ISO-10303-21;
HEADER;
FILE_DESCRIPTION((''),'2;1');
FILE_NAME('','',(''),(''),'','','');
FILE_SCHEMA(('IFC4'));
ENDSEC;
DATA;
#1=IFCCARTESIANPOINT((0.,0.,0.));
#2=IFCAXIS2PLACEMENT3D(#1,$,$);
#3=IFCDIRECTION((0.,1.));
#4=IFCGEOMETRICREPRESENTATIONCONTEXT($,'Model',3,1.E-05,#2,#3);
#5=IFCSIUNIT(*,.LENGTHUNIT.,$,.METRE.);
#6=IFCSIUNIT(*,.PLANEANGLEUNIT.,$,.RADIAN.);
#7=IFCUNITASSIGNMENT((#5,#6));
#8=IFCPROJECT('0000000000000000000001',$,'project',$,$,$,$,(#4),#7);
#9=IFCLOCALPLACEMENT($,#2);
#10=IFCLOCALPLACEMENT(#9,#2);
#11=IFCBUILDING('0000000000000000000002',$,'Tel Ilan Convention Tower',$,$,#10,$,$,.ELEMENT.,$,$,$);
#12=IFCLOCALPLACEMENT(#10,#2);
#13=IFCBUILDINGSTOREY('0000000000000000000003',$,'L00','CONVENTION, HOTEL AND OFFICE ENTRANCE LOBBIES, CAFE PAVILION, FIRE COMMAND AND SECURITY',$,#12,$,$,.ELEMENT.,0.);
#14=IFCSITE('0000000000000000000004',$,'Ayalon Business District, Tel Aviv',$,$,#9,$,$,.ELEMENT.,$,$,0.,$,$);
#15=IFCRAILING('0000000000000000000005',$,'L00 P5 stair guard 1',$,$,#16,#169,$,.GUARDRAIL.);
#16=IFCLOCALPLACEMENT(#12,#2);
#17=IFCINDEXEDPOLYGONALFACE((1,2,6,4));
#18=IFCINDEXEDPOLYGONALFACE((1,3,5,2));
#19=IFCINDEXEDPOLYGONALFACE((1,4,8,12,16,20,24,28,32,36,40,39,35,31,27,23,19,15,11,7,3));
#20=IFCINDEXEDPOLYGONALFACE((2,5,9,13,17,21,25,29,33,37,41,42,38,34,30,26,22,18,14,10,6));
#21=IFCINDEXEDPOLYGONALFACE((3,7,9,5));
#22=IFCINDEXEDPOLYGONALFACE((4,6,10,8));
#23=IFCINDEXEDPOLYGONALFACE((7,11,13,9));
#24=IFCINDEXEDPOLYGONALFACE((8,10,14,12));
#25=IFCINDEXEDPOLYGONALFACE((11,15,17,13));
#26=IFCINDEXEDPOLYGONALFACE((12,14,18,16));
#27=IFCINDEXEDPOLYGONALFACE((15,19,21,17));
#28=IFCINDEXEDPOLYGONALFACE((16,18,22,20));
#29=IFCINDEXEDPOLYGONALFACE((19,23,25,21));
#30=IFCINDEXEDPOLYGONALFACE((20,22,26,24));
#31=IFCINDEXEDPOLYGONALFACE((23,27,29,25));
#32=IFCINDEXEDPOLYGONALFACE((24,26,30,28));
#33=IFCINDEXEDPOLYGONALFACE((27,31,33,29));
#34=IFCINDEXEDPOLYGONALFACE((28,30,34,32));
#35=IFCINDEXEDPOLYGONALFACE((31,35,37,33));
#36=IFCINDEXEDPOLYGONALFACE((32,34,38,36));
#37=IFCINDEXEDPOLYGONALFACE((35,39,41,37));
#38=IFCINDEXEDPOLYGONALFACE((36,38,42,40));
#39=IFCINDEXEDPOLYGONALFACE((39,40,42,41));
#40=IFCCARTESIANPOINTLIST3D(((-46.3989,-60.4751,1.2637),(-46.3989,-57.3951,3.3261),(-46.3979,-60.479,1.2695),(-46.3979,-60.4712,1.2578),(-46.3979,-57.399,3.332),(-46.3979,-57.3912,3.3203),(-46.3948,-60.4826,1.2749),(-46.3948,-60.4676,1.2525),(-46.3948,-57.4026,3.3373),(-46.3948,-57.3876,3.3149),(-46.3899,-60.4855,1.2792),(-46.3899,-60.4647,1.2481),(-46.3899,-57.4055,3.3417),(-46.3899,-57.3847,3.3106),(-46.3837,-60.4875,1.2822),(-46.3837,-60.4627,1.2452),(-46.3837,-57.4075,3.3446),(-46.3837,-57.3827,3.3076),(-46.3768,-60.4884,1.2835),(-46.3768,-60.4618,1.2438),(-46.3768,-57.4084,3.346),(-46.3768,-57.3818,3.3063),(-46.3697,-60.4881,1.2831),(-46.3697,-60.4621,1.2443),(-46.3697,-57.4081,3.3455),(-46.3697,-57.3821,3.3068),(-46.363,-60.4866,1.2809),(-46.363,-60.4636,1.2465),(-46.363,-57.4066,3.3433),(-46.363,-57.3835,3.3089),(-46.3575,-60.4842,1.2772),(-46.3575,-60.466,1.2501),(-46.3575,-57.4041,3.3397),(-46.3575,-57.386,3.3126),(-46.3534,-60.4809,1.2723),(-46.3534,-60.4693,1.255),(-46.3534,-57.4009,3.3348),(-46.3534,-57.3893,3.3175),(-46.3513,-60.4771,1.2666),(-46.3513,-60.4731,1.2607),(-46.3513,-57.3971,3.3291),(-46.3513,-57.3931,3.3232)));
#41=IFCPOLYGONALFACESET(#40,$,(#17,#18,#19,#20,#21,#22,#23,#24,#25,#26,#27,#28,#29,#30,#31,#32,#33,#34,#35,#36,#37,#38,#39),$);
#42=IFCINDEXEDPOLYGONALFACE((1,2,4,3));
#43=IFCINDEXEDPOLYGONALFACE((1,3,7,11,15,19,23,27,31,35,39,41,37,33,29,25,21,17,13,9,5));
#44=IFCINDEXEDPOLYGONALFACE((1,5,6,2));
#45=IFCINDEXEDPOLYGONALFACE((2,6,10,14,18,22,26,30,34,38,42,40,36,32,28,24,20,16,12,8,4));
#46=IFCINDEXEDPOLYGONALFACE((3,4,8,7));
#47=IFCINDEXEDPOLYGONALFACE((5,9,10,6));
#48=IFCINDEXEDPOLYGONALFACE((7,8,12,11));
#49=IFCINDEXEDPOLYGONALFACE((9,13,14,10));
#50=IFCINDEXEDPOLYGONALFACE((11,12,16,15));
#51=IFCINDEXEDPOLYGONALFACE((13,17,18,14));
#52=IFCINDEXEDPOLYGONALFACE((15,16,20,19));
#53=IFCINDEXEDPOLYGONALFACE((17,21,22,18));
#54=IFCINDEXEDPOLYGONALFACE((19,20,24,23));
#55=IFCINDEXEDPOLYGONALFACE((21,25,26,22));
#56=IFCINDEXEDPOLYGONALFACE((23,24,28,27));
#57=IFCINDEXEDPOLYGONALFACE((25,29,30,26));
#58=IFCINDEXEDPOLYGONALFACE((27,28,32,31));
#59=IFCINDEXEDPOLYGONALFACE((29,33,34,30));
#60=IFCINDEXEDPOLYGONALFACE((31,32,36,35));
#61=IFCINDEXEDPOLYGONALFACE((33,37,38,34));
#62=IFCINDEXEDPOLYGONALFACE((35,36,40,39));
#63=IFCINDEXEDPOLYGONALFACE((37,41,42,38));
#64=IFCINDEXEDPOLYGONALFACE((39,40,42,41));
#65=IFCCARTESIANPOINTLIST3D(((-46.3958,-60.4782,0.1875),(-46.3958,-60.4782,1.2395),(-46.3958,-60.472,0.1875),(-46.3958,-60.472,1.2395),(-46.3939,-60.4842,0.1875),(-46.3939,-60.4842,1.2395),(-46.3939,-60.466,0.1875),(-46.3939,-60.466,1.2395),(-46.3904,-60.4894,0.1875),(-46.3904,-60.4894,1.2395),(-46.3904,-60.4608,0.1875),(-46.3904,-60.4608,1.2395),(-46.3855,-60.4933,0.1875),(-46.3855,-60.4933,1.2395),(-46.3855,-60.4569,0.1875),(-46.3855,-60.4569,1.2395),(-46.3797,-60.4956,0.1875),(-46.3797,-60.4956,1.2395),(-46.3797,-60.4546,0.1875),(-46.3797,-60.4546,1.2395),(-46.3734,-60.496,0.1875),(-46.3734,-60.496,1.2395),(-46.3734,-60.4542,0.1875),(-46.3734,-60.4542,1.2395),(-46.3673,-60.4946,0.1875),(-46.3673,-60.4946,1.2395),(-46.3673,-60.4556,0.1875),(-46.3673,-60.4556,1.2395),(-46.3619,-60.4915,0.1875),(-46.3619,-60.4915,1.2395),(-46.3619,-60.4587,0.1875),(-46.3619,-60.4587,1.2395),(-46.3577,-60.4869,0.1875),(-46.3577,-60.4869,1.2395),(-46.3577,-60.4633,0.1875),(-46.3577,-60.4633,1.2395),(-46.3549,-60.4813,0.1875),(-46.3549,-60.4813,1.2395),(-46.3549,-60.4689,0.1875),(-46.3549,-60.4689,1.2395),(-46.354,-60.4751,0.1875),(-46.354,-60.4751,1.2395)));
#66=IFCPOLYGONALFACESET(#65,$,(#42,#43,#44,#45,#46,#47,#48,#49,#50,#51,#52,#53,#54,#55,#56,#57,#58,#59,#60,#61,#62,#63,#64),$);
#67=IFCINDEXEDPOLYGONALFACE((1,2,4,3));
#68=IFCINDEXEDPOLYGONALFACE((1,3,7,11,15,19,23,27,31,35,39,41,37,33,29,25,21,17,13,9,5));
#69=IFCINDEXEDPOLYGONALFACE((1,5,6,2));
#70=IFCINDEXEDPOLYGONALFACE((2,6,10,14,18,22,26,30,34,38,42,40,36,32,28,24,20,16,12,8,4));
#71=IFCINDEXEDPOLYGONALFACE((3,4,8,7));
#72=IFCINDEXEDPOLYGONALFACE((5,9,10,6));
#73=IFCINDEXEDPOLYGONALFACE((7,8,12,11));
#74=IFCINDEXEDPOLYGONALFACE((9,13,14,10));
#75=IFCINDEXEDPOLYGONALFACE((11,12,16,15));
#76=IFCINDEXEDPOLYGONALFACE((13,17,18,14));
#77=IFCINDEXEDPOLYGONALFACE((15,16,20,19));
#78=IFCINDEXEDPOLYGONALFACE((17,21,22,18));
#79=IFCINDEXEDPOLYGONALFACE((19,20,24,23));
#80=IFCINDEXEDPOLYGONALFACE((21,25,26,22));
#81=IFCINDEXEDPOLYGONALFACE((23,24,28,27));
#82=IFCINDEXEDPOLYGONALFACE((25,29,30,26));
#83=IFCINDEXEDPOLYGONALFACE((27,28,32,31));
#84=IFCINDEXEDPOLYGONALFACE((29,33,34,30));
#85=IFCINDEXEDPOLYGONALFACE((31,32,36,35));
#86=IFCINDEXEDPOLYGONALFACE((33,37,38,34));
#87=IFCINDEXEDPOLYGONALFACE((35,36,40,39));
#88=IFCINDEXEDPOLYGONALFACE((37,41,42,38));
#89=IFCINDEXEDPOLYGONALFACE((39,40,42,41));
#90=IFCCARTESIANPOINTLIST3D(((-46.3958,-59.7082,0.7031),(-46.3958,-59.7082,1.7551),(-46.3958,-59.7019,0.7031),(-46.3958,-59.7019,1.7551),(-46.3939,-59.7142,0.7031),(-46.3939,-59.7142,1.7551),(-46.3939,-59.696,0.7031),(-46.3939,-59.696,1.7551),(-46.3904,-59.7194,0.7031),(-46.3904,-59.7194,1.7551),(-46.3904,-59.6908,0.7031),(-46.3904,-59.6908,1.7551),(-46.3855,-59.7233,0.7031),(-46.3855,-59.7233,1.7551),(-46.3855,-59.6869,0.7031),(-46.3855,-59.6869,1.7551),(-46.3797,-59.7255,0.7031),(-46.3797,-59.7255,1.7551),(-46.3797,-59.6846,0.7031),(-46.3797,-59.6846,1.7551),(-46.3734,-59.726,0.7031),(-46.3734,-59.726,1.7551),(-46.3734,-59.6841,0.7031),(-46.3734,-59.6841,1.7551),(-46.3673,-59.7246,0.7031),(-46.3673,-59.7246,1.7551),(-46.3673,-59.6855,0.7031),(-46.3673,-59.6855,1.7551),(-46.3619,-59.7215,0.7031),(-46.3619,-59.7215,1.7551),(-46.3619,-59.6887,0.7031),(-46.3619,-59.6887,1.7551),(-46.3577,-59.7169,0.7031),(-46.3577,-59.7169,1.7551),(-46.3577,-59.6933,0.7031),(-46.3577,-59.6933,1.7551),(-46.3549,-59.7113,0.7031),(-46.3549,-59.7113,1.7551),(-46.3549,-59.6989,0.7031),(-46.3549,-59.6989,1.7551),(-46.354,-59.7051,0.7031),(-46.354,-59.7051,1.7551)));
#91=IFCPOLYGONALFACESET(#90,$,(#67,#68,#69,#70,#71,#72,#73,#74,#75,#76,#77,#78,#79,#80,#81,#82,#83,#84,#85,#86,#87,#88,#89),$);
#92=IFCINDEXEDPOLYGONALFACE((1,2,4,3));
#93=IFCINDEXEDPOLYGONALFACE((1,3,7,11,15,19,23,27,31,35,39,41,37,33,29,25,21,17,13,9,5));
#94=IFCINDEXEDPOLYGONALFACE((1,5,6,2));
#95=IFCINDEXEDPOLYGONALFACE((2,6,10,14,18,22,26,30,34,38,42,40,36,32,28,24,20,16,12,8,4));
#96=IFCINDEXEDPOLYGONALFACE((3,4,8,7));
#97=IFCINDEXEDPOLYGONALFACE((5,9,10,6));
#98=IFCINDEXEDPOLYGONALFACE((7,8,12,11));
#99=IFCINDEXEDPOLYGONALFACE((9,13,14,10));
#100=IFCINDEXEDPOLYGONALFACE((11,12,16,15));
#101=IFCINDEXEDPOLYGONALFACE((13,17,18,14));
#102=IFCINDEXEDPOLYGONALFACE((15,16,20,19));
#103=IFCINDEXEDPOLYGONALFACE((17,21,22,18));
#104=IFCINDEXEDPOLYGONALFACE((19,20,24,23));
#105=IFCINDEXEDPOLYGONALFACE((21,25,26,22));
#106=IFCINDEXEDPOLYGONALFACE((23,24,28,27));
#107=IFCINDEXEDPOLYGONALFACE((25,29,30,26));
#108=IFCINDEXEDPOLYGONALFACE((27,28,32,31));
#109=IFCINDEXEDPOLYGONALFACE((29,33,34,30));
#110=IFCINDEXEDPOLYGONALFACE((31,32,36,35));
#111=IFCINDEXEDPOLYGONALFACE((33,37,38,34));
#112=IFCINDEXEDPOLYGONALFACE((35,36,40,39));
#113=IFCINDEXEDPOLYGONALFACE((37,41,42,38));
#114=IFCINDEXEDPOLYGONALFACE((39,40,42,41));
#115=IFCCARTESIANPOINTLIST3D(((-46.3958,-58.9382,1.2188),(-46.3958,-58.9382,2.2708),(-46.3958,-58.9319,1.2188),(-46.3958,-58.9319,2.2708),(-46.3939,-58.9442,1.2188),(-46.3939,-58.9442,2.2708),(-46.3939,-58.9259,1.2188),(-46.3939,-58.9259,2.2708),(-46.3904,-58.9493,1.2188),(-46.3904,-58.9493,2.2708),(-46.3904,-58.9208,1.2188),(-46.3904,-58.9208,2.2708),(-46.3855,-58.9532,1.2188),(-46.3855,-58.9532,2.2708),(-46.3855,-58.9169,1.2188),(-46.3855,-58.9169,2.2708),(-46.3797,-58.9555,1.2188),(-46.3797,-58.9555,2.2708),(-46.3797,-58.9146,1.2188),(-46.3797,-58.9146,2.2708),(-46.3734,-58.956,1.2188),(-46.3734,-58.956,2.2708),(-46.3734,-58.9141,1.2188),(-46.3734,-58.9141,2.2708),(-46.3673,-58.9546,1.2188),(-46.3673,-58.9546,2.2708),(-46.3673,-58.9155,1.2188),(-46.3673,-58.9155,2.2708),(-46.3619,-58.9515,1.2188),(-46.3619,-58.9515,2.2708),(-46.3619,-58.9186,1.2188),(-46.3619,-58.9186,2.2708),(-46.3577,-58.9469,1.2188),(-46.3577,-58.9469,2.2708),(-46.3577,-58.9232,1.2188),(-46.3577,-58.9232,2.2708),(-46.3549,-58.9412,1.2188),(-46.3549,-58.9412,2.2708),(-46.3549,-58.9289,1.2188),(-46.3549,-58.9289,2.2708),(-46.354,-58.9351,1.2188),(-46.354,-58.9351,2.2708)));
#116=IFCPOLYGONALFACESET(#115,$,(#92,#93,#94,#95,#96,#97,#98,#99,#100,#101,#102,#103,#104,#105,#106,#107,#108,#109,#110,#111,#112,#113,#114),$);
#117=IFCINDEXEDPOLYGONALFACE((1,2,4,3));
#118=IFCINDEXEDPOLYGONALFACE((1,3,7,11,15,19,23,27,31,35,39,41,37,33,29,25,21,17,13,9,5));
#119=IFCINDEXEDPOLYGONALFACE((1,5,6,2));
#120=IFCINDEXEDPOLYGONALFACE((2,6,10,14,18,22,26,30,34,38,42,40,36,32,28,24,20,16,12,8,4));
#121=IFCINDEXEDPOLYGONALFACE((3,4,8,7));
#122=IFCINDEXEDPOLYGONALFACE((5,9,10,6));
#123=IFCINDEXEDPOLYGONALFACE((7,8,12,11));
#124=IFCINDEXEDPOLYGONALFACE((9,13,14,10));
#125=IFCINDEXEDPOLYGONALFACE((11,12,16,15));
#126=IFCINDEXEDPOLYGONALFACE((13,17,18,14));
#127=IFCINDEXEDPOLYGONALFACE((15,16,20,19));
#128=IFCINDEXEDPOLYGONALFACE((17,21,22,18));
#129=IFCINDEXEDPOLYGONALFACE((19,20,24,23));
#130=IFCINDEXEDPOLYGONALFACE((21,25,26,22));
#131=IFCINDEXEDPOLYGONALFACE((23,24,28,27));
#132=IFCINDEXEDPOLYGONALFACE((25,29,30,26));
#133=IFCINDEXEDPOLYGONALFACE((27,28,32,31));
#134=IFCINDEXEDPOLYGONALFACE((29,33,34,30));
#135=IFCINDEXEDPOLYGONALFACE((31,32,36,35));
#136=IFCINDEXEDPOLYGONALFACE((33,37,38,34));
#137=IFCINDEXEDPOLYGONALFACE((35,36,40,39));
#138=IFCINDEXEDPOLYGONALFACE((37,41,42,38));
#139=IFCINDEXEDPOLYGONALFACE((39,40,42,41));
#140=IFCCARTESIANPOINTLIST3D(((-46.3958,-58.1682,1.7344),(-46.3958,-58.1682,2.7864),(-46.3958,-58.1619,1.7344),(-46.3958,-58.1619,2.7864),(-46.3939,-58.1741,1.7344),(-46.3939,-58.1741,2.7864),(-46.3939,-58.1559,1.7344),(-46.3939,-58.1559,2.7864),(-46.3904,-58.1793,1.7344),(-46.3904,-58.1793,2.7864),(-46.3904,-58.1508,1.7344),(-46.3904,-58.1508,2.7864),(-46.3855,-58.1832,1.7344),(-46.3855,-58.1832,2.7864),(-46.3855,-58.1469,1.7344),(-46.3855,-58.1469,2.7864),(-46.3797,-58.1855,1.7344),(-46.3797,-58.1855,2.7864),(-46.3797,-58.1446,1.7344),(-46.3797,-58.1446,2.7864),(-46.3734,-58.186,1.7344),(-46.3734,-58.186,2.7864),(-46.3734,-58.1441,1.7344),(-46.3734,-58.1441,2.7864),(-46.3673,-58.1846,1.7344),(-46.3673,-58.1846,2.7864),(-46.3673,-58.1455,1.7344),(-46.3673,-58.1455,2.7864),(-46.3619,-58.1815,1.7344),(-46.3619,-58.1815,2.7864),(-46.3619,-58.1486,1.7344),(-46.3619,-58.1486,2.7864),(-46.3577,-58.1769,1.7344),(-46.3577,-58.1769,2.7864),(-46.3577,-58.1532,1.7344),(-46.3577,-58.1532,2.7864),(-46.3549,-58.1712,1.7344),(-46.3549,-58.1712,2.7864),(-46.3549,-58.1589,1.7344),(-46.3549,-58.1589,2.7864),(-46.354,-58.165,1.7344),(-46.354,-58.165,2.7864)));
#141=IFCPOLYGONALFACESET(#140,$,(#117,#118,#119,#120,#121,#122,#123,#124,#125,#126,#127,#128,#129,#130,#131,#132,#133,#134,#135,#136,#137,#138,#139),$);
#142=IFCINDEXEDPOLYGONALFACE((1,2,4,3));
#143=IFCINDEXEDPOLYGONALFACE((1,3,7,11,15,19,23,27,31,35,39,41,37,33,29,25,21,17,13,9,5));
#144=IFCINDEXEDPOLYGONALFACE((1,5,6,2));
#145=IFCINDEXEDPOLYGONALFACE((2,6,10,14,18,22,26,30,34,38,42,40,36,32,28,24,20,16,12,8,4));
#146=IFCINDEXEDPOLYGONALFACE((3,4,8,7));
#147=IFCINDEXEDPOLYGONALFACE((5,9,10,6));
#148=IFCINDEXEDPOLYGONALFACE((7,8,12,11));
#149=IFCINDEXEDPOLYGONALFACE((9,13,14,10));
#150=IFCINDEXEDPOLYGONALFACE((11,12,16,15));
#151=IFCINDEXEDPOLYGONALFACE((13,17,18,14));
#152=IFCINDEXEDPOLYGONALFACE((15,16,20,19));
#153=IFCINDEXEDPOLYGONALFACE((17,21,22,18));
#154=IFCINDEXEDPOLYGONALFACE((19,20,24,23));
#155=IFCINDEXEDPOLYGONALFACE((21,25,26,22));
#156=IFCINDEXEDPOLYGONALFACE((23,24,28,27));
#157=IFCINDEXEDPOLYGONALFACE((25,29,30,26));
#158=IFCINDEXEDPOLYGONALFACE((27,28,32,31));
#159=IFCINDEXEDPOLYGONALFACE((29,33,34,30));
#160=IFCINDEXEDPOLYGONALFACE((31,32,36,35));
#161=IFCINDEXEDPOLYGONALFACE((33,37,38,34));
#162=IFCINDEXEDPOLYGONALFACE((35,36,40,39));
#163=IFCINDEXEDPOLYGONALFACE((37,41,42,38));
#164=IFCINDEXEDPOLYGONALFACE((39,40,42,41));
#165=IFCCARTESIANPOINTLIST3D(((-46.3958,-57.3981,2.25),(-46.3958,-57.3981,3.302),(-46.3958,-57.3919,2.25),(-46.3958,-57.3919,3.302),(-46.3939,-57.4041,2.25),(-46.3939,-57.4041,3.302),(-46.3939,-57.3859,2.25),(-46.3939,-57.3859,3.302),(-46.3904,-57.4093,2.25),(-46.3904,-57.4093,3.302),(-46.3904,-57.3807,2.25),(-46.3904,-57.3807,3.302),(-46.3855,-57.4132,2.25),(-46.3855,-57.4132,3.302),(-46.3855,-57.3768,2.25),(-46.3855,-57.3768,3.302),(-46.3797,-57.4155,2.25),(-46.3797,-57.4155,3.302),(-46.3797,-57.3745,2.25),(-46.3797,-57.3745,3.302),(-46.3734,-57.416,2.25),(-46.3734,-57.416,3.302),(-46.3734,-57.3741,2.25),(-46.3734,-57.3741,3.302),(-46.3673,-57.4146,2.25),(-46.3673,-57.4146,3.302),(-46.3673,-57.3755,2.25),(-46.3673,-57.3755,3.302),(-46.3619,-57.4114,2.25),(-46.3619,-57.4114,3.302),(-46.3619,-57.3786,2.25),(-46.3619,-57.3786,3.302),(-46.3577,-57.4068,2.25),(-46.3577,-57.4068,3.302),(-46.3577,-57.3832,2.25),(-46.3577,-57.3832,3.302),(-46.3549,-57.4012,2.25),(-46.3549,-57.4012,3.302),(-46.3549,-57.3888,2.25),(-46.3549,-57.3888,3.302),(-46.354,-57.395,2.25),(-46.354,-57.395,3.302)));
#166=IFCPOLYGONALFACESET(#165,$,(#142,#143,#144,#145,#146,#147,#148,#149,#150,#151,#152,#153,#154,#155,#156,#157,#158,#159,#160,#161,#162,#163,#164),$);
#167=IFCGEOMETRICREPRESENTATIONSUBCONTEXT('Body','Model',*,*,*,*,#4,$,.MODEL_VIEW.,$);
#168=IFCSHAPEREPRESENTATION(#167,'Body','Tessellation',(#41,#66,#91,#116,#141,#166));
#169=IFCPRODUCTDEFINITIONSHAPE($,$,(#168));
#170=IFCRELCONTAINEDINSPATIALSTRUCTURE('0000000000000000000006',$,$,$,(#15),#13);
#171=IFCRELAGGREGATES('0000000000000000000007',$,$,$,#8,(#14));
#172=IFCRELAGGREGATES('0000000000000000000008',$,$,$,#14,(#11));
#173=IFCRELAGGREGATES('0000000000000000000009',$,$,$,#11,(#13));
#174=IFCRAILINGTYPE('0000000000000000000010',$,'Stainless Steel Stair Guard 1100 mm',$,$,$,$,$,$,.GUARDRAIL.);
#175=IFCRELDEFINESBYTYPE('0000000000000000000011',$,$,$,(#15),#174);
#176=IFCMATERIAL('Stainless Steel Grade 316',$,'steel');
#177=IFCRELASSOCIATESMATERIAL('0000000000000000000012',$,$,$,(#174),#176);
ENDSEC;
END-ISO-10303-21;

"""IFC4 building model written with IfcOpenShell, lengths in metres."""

from ifc_helpers import new_model, si_unit, direction, frame, origin, origin_2d, place, context, subcontext, project, spatial, circle, extrude, material, type_object, element, save


model = new_model("IFC4")

# Units and contexts
model_context = context("Model", 3, precision=1e-05, world=origin(), true_north=direction((0.0, 1.0)))
body_context = subcontext(model_context, "Body", "Model", "MODEL_VIEW")
ifc_project = project(units=[si_unit("LENGTHUNIT", "METRE"), si_unit("PLANEANGLEUNIT", "RADIAN")], contexts=[model_context])

# Site, building, storey
site_placement = place(None, origin())
site = spatial("IfcSite", under=ifc_project, at=site_placement, Name="Ayalon Business District, Tel Aviv", CompositionType="ELEMENT", RefElevation=0.0)
building_placement = place(site_placement, origin())
building = spatial("IfcBuilding", under=site, at=building_placement, Name="Tel Ilan Convention Tower", CompositionType="ELEMENT")
storey_placement = place(building_placement, origin())
storey = spatial("IfcBuildingStorey", under=building, at=storey_placement, Name="L00", Description="CONVENTION, HOTEL AND OFFICE ENTRANCE LOBBIES, CAFE PAVILION, FIRE COMMAND AND SECURITY", CompositionType="ELEMENT", Elevation=0.0)

# Railing
ifc_material_1 = material(Name="Stainless Steel Grade 316", Category="steel")
railing_type_1 = type_object("IfcRailingType", Name="Stainless Steel Stair Guard 1100 mm", PredefinedType="GUARDRAIL", material=ifc_material_1)
railing_1_placement = place(storey_placement, frame((-46.375, -60.4751, 0.1875)))
element("IfcRailing", 1, at=railing_1_placement, inside=storey, type_object=railing_type_1, Name="L00 P5 stair guard 1", PredefinedType="GUARDRAIL", context=body_context, shape_type="SweptSolid", body=[
    extrude(circle(Radius=0.0239, at=origin_2d()), frame((0.0, 0.0, 1.0762), z_axis=(0.0, 0.830914, 0.556401), x_axis=(-1.0, 0.0, 0.0)), (0.0, 0.0, 1.0), 3.7068),
    extrude(circle(Radius=0.021, at=origin_2d()), origin(), (0.0, 0.0, 1.0), 1.052),
    extrude(circle(Radius=0.021, at=origin_2d()), frame((0.0, 0.77, 0.5156)), (0.0, 0.0, 1.0), 1.052),
    extrude(circle(Radius=0.021, at=origin_2d()), frame((0.0, 1.54, 1.0312)), (0.0, 0.0, 1.0), 1.052),
    extrude(circle(Radius=0.021, at=origin_2d()), frame((0.0, 2.3101, 1.5469)), (0.0, 0.0, 1.0), 1.052),
    extrude(circle(Radius=0.021, at=origin_2d()), frame((0.0, 3.0801, 2.0625)), (0.0, 0.0, 1.0), 1.052),
])

save(model, "model.ifc")
